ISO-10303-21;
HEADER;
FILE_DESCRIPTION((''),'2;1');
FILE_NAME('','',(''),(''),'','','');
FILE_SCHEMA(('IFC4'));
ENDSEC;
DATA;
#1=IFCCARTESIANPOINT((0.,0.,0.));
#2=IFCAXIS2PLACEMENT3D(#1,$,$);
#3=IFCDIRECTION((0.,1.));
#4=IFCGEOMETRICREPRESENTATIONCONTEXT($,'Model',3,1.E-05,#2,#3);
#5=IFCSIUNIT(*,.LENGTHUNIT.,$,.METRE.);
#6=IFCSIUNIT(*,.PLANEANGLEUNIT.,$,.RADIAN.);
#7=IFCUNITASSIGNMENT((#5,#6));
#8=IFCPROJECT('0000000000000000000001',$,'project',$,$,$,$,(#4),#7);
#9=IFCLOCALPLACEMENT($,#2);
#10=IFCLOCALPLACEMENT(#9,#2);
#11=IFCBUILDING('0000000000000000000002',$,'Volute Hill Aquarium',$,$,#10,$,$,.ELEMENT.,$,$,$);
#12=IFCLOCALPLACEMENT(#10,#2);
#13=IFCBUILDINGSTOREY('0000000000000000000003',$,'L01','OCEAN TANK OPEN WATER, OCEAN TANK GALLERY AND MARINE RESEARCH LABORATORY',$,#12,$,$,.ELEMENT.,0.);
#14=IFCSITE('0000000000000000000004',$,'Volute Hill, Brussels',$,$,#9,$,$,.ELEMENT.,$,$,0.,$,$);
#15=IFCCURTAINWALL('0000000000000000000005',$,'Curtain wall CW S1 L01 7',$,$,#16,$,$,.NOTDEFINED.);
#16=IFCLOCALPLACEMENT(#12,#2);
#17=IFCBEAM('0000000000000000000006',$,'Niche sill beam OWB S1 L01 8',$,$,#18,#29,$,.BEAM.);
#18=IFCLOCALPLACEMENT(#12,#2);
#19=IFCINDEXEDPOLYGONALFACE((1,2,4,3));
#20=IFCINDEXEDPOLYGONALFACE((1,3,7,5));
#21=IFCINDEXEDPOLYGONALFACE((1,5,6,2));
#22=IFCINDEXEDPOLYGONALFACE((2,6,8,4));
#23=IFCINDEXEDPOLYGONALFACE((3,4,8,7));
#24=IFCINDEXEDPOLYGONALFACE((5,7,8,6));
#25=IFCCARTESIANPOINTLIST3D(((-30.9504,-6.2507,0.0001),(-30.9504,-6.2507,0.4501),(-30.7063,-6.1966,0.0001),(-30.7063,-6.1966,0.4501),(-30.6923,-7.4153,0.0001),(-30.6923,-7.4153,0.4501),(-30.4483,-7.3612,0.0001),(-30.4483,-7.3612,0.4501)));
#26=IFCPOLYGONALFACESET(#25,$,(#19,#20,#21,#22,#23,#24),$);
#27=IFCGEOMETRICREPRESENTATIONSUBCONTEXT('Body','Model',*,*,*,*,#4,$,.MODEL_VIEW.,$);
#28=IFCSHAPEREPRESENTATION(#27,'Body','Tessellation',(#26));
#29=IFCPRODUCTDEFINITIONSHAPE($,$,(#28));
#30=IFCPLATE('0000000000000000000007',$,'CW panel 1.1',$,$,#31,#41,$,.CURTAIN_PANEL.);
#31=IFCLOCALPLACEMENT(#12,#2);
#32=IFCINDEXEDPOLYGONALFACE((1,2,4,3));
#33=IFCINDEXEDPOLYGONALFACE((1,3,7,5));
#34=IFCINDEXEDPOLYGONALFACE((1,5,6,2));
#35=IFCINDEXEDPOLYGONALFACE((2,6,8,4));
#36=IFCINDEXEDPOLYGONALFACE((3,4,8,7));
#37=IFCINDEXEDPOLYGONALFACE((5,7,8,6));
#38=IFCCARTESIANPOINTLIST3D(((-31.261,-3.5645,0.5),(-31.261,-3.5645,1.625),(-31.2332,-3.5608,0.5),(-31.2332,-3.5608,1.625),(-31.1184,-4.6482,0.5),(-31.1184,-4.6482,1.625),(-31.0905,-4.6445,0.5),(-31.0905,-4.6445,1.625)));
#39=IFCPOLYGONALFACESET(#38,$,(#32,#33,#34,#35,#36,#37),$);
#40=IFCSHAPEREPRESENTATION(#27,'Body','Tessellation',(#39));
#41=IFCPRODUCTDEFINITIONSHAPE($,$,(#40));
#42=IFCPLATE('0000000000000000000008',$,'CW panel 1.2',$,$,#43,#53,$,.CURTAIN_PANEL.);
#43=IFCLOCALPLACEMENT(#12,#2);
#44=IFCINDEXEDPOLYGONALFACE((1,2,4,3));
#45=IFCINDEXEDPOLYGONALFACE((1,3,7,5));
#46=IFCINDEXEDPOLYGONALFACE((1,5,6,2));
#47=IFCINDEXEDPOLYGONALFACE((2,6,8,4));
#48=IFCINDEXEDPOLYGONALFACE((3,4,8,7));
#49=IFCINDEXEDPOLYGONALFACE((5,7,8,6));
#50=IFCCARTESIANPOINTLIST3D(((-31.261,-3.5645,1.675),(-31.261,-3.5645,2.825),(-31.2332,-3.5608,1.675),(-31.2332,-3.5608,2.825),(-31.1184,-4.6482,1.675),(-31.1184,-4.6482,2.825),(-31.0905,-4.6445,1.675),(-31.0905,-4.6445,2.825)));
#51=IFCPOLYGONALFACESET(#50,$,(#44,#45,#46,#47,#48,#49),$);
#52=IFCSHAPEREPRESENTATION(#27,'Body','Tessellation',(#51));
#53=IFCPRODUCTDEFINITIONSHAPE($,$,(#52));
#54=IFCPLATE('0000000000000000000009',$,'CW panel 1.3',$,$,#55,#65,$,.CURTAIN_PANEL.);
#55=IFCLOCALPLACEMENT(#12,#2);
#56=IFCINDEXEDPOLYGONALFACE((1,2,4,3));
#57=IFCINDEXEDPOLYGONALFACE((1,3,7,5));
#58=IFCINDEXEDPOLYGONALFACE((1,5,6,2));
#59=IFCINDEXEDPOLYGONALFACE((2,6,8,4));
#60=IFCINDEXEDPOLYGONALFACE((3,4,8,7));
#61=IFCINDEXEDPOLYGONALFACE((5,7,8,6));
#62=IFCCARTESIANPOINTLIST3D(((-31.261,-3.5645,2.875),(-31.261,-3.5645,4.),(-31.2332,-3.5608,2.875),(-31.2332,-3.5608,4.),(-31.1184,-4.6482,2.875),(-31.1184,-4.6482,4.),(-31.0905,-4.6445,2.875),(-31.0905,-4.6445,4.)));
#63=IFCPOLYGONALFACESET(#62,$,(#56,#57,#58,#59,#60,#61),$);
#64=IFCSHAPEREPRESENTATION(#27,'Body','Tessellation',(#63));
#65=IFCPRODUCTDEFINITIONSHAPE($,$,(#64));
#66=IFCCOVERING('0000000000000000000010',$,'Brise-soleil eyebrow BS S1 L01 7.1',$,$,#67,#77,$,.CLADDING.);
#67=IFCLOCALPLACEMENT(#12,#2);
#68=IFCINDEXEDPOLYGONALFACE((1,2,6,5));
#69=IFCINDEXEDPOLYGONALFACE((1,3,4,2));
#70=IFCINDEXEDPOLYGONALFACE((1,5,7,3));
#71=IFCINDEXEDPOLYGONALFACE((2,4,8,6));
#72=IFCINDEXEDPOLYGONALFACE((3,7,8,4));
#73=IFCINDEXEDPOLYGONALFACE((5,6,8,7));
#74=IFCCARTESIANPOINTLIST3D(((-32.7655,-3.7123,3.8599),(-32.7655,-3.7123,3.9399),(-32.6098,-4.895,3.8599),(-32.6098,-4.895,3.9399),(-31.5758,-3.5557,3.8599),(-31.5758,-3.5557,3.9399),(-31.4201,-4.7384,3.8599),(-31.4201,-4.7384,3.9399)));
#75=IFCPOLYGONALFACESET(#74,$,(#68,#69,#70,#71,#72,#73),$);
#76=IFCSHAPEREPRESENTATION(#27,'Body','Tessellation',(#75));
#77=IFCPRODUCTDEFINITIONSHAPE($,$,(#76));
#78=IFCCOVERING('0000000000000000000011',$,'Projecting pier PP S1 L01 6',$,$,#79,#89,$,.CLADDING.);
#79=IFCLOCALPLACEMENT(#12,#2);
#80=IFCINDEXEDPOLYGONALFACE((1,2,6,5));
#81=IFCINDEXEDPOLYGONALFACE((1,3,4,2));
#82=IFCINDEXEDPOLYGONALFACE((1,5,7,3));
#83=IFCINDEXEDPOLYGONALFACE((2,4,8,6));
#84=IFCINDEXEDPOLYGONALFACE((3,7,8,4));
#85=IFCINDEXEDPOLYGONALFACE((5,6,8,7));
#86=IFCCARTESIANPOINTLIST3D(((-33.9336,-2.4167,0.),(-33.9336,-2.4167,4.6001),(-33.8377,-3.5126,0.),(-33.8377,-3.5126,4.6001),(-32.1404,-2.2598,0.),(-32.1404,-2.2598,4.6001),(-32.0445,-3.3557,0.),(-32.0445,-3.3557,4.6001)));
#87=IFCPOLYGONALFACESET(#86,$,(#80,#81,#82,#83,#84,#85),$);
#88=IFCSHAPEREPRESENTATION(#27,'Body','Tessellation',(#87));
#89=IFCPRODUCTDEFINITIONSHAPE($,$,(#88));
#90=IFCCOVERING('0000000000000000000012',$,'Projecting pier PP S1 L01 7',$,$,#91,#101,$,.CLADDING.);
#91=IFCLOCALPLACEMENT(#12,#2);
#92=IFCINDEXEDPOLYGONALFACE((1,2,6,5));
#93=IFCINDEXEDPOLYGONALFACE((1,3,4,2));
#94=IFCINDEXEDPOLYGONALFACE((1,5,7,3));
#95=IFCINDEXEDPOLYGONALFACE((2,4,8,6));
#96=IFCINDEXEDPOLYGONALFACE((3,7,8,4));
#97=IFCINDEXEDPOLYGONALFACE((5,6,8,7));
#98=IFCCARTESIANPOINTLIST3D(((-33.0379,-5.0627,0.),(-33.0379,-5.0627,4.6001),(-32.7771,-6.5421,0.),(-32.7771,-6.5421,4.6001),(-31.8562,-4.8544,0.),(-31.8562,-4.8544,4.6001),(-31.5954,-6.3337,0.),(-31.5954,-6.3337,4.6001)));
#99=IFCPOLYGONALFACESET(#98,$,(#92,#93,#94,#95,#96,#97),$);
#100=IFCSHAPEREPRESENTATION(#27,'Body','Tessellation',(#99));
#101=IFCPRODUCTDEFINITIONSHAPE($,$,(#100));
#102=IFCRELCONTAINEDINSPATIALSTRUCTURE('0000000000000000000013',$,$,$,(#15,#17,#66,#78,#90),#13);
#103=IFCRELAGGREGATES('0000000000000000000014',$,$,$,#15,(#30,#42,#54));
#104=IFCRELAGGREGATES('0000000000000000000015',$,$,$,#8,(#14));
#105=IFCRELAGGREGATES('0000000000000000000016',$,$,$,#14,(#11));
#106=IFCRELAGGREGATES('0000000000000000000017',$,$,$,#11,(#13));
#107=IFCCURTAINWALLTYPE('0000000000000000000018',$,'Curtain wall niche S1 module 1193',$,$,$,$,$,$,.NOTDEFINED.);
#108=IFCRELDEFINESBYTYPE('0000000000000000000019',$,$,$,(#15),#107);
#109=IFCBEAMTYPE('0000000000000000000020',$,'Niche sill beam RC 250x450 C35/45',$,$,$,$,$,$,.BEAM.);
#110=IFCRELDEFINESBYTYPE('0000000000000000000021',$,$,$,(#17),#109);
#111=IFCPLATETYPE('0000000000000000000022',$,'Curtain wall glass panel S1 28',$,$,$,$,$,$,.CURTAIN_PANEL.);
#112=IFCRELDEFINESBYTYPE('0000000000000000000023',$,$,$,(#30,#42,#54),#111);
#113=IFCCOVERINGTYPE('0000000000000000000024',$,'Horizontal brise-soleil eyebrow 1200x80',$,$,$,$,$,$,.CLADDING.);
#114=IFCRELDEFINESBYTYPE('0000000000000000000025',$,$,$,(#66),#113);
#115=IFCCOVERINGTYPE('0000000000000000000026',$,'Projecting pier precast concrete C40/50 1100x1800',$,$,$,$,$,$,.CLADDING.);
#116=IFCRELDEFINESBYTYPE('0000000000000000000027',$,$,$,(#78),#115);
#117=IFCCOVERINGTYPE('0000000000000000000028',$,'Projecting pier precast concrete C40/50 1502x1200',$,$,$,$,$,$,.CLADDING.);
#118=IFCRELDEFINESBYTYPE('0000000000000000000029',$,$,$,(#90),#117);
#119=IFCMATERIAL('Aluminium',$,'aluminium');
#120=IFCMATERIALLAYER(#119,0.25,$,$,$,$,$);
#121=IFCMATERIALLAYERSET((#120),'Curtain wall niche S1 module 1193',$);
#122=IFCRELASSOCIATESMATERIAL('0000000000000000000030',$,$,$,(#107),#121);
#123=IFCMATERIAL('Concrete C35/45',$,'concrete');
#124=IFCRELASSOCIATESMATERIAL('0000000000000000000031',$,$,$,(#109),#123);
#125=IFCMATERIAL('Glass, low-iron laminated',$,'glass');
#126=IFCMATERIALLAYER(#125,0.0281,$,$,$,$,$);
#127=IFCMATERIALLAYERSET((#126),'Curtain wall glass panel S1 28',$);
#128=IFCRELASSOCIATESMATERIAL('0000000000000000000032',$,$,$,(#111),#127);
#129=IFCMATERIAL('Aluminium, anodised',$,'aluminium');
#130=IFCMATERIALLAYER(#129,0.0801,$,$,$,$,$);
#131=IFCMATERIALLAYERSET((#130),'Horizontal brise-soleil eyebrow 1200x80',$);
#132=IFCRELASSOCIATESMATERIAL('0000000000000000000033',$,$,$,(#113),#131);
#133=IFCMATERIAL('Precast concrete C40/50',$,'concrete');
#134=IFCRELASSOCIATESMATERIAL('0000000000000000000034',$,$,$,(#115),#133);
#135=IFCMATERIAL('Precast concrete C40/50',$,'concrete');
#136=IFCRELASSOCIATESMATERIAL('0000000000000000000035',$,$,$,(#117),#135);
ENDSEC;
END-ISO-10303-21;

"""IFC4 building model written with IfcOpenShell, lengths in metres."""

from ifc_helpers import new_model, si_unit, direction, frame, origin, origin_2d, place, context, subcontext, project, spatial, rectangle, extrude, material, layer, layer_set, material_profile, profile_set, type_object, element, aggregate, save


model = new_model("IFC4")

# Units and contexts
model_context = context("Model", 3, precision=1e-05, world=origin(), true_north=direction((0.0, 1.0)))
body_context = subcontext(model_context, "Body", "Model", "MODEL_VIEW")
ifc_project = project(units=[si_unit("LENGTHUNIT", "METRE"), si_unit("PLANEANGLEUNIT", "RADIAN")], contexts=[model_context])

# Site, building, storey
site_placement = place(None, origin())
site = spatial("IfcSite", under=ifc_project, at=site_placement, Name="Volute Hill, Brussels", CompositionType="ELEMENT", RefElevation=0.0)
building_placement = place(site_placement, origin())
building = spatial("IfcBuilding", under=site, at=building_placement, Name="Volute Hill Aquarium", CompositionType="ELEMENT")
storey_placement = place(building_placement, origin())
storey = spatial("IfcBuildingStorey", under=building, at=storey_placement, Name="L01", Description="OCEAN TANK OPEN WATER, OCEAN TANK GALLERY AND MARINE RESEARCH LABORATORY", CompositionType="ELEMENT", Elevation=0.0)

# Curtain wall
ifc_material_1 = material(Name="Aluminium", Category="aluminium")
ifc_layer_1 = layer(ifc_material_1, 0.25)
ifc_layer_set_1 = layer_set([ifc_layer_1], Name="Curtain wall niche S1 module 1193")
curtain_wall_type = type_object("IfcCurtainWallType", Name="Curtain wall niche S1 module 1193", PredefinedType="NOTDEFINED", material=ifc_layer_set_1)
curtain_wall_1_placement = place(storey_placement, origin())
curtain_wall_1 = element("IfcCurtainWall", 1, at=curtain_wall_1_placement, inside=storey, type_object=curtain_wall_type, Name="Curtain wall CW S1 L01 7", PredefinedType="NOTDEFINED")

# Beam
ifc_material_2 = material(Name="Concrete C35/45", Category="concrete")
ifc_material_profile_1 = material_profile(ifc_material_2, rectangle(XDim=0.25, YDim=0.45, at=origin_2d()), Name="RC beam 250x450")
ifc_profile_set_1 = profile_set([ifc_material_profile_1], Name="Concrete C35/45")
beam_type_1 = type_object("IfcBeamType", Name="Niche sill beam RC 250x450 C35/45", PredefinedType="BEAM", material=ifc_profile_set_1)
for number, where, z_axis, x_axis, name in (
    (2, (-30.8284, -6.2236, 0.2251), (0.216345, -0.976317, 0.0), (0.976317, 0.216345, 0.0), "Niche sill beam OWB S1 L01 8"),
):
    element("IfcBeam", number, at=place(storey_placement, frame(where, z_axis=z_axis, x_axis=x_axis)), inside=storey, type_object=beam_type_1, Name=name, PredefinedType="BEAM", context=body_context, shape_type="SweptSolid", body=[
        extrude(rectangle(XDim=0.25, YDim=0.45, at=origin_2d()), origin(), (0.0, 0.0, 1.0), 1.1929),
    ])

# Plates
ifc_material_3 = material(Name="Glass, low-iron laminated", Category="glass")
ifc_layer_2 = layer(ifc_material_3, 0.0281)
ifc_layer_set_2 = layer_set([ifc_layer_2], Name="Curtain wall glass panel S1 28")
plate_type = type_object("IfcPlateType", Name="Curtain wall glass panel S1 28", PredefinedType="CURTAIN_PANEL", material=ifc_layer_set_2)
plate_1_placement = place(storey_placement, frame((-31.1758, -4.1045, 0.5), z_axis=(0.0, 0.0, 1.0), x_axis=(0.130523, -0.991445, 0.0)))
plate_1 = element("IfcPlate", 3, at=plate_1_placement, type_object=plate_type, Name="CW panel 1.1", PredefinedType="CURTAIN_PANEL", context=body_context, shape_type="SweptSolid", body=[
    extrude(rectangle(XDim=1.093, YDim=0.0281, at=origin_2d()), origin(), (0.0, 0.0, 1.0), 1.125),
])
plate_2_placement = place(storey_placement, frame((-31.1758, -4.1045, 1.675), z_axis=(0.0, 0.0, 1.0), x_axis=(0.130523, -0.991445, 0.0)))
plate_2 = element("IfcPlate", 4, at=plate_2_placement, type_object=plate_type, Name="CW panel 1.2", PredefinedType="CURTAIN_PANEL", context=body_context, shape_type="SweptSolid", body=[
    extrude(rectangle(XDim=1.093, YDim=0.0281, at=origin_2d()), origin(), (0.0, 0.0, 1.0), 1.1499),
])
plate_3_placement = place(storey_placement, frame((-31.1758, -4.1045, 2.875), z_axis=(0.0, 0.0, 1.0), x_axis=(0.130523, -0.991445, 0.0)))
plate_3 = element("IfcPlate", 5, at=plate_3_placement, type_object=plate_type, Name="CW panel 1.3", PredefinedType="CURTAIN_PANEL", context=body_context, shape_type="SweptSolid", body=[
    extrude(rectangle(XDim=1.093, YDim=0.0281, at=origin_2d()), origin(), (0.0, 0.0, 1.0), 1.125),
])
aggregate(curtain_wall_1, [plate_1, plate_2, plate_3])

# Coverings
ifc_material_4 = material(Name="Aluminium, anodised", Category="aluminium")
ifc_layer_3 = layer(ifc_material_4, 0.0801)
ifc_layer_set_3 = layer_set([ifc_layer_3], Name="Horizontal brise-soleil eyebrow 1200x80")
covering_type_1 = type_object("IfcCoveringType", Name="Horizontal brise-soleil eyebrow 1200x80", PredefinedType="CLADDING", material=ifc_layer_set_3)
covering_1_placement = place(storey_placement, frame((-32.0928, -4.2253, 3.8599), z_axis=(0.0, 0.0, 1.0), x_axis=(0.130527, -0.991445, 0.0)))
element("IfcCovering", 6, at=covering_1_placement, inside=storey, type_object=covering_type_1, Name="Brise-soleil eyebrow BS S1 L01 7.1", PredefinedType="CLADDING", context=body_context, shape_type="SweptSolid", body=[
    extrude(rectangle(XDim=1.1929, YDim=1.2, at=origin_2d()), origin(), (0.0, 0.0, 1.0), 0.0801),
])
ifc_material_5 = material(Name="Precast concrete C40/50", Category="concrete")
covering_type_2 = type_object("IfcCoveringType", Name="Projecting pier precast concrete C40/50 1100x1800", PredefinedType="CLADDING", material=ifc_material_5)
covering_2_placement = place(storey_placement, frame((-32.989, -2.8862, 0.0), z_axis=(0.0, 0.0, 1.0), x_axis=(0.087156, -0.996195, 0.0)))
element("IfcCovering", 7, at=covering_2_placement, inside=storey, type_object=covering_type_2, Name="Projecting pier PP S1 L01 6", PredefinedType="CLADDING", context=body_context, shape_type="SweptSolid", body=[
    extrude(rectangle(XDim=1.1001, YDim=1.8, at=origin_2d()), origin(), (0.0, 0.0, 1.0), 4.6001),
])
ifc_material_6 = material(Name="Precast concrete C40/50", Category="concrete")
covering_type_3 = type_object("IfcCoveringType", Name="Projecting pier precast concrete C40/50 1502x1200", PredefinedType="CLADDING", material=ifc_material_6)
covering_3_placement = place(storey_placement, frame((-32.3167, -5.6982, 0.0), z_axis=(0.0, 0.0, 1.0), x_axis=(0.173648, -0.984808, 0.0)))
element("IfcCovering", 8, at=covering_3_placement, inside=storey, type_object=covering_type_3, Name="Projecting pier PP S1 L01 7", PredefinedType="CLADDING", context=body_context, shape_type="SweptSolid", body=[
    extrude(rectangle(XDim=1.5022, YDim=1.2, at=origin_2d()), origin(), (0.0, 0.0, 1.0), 4.6001),
])

save(model, "model.ifc")
